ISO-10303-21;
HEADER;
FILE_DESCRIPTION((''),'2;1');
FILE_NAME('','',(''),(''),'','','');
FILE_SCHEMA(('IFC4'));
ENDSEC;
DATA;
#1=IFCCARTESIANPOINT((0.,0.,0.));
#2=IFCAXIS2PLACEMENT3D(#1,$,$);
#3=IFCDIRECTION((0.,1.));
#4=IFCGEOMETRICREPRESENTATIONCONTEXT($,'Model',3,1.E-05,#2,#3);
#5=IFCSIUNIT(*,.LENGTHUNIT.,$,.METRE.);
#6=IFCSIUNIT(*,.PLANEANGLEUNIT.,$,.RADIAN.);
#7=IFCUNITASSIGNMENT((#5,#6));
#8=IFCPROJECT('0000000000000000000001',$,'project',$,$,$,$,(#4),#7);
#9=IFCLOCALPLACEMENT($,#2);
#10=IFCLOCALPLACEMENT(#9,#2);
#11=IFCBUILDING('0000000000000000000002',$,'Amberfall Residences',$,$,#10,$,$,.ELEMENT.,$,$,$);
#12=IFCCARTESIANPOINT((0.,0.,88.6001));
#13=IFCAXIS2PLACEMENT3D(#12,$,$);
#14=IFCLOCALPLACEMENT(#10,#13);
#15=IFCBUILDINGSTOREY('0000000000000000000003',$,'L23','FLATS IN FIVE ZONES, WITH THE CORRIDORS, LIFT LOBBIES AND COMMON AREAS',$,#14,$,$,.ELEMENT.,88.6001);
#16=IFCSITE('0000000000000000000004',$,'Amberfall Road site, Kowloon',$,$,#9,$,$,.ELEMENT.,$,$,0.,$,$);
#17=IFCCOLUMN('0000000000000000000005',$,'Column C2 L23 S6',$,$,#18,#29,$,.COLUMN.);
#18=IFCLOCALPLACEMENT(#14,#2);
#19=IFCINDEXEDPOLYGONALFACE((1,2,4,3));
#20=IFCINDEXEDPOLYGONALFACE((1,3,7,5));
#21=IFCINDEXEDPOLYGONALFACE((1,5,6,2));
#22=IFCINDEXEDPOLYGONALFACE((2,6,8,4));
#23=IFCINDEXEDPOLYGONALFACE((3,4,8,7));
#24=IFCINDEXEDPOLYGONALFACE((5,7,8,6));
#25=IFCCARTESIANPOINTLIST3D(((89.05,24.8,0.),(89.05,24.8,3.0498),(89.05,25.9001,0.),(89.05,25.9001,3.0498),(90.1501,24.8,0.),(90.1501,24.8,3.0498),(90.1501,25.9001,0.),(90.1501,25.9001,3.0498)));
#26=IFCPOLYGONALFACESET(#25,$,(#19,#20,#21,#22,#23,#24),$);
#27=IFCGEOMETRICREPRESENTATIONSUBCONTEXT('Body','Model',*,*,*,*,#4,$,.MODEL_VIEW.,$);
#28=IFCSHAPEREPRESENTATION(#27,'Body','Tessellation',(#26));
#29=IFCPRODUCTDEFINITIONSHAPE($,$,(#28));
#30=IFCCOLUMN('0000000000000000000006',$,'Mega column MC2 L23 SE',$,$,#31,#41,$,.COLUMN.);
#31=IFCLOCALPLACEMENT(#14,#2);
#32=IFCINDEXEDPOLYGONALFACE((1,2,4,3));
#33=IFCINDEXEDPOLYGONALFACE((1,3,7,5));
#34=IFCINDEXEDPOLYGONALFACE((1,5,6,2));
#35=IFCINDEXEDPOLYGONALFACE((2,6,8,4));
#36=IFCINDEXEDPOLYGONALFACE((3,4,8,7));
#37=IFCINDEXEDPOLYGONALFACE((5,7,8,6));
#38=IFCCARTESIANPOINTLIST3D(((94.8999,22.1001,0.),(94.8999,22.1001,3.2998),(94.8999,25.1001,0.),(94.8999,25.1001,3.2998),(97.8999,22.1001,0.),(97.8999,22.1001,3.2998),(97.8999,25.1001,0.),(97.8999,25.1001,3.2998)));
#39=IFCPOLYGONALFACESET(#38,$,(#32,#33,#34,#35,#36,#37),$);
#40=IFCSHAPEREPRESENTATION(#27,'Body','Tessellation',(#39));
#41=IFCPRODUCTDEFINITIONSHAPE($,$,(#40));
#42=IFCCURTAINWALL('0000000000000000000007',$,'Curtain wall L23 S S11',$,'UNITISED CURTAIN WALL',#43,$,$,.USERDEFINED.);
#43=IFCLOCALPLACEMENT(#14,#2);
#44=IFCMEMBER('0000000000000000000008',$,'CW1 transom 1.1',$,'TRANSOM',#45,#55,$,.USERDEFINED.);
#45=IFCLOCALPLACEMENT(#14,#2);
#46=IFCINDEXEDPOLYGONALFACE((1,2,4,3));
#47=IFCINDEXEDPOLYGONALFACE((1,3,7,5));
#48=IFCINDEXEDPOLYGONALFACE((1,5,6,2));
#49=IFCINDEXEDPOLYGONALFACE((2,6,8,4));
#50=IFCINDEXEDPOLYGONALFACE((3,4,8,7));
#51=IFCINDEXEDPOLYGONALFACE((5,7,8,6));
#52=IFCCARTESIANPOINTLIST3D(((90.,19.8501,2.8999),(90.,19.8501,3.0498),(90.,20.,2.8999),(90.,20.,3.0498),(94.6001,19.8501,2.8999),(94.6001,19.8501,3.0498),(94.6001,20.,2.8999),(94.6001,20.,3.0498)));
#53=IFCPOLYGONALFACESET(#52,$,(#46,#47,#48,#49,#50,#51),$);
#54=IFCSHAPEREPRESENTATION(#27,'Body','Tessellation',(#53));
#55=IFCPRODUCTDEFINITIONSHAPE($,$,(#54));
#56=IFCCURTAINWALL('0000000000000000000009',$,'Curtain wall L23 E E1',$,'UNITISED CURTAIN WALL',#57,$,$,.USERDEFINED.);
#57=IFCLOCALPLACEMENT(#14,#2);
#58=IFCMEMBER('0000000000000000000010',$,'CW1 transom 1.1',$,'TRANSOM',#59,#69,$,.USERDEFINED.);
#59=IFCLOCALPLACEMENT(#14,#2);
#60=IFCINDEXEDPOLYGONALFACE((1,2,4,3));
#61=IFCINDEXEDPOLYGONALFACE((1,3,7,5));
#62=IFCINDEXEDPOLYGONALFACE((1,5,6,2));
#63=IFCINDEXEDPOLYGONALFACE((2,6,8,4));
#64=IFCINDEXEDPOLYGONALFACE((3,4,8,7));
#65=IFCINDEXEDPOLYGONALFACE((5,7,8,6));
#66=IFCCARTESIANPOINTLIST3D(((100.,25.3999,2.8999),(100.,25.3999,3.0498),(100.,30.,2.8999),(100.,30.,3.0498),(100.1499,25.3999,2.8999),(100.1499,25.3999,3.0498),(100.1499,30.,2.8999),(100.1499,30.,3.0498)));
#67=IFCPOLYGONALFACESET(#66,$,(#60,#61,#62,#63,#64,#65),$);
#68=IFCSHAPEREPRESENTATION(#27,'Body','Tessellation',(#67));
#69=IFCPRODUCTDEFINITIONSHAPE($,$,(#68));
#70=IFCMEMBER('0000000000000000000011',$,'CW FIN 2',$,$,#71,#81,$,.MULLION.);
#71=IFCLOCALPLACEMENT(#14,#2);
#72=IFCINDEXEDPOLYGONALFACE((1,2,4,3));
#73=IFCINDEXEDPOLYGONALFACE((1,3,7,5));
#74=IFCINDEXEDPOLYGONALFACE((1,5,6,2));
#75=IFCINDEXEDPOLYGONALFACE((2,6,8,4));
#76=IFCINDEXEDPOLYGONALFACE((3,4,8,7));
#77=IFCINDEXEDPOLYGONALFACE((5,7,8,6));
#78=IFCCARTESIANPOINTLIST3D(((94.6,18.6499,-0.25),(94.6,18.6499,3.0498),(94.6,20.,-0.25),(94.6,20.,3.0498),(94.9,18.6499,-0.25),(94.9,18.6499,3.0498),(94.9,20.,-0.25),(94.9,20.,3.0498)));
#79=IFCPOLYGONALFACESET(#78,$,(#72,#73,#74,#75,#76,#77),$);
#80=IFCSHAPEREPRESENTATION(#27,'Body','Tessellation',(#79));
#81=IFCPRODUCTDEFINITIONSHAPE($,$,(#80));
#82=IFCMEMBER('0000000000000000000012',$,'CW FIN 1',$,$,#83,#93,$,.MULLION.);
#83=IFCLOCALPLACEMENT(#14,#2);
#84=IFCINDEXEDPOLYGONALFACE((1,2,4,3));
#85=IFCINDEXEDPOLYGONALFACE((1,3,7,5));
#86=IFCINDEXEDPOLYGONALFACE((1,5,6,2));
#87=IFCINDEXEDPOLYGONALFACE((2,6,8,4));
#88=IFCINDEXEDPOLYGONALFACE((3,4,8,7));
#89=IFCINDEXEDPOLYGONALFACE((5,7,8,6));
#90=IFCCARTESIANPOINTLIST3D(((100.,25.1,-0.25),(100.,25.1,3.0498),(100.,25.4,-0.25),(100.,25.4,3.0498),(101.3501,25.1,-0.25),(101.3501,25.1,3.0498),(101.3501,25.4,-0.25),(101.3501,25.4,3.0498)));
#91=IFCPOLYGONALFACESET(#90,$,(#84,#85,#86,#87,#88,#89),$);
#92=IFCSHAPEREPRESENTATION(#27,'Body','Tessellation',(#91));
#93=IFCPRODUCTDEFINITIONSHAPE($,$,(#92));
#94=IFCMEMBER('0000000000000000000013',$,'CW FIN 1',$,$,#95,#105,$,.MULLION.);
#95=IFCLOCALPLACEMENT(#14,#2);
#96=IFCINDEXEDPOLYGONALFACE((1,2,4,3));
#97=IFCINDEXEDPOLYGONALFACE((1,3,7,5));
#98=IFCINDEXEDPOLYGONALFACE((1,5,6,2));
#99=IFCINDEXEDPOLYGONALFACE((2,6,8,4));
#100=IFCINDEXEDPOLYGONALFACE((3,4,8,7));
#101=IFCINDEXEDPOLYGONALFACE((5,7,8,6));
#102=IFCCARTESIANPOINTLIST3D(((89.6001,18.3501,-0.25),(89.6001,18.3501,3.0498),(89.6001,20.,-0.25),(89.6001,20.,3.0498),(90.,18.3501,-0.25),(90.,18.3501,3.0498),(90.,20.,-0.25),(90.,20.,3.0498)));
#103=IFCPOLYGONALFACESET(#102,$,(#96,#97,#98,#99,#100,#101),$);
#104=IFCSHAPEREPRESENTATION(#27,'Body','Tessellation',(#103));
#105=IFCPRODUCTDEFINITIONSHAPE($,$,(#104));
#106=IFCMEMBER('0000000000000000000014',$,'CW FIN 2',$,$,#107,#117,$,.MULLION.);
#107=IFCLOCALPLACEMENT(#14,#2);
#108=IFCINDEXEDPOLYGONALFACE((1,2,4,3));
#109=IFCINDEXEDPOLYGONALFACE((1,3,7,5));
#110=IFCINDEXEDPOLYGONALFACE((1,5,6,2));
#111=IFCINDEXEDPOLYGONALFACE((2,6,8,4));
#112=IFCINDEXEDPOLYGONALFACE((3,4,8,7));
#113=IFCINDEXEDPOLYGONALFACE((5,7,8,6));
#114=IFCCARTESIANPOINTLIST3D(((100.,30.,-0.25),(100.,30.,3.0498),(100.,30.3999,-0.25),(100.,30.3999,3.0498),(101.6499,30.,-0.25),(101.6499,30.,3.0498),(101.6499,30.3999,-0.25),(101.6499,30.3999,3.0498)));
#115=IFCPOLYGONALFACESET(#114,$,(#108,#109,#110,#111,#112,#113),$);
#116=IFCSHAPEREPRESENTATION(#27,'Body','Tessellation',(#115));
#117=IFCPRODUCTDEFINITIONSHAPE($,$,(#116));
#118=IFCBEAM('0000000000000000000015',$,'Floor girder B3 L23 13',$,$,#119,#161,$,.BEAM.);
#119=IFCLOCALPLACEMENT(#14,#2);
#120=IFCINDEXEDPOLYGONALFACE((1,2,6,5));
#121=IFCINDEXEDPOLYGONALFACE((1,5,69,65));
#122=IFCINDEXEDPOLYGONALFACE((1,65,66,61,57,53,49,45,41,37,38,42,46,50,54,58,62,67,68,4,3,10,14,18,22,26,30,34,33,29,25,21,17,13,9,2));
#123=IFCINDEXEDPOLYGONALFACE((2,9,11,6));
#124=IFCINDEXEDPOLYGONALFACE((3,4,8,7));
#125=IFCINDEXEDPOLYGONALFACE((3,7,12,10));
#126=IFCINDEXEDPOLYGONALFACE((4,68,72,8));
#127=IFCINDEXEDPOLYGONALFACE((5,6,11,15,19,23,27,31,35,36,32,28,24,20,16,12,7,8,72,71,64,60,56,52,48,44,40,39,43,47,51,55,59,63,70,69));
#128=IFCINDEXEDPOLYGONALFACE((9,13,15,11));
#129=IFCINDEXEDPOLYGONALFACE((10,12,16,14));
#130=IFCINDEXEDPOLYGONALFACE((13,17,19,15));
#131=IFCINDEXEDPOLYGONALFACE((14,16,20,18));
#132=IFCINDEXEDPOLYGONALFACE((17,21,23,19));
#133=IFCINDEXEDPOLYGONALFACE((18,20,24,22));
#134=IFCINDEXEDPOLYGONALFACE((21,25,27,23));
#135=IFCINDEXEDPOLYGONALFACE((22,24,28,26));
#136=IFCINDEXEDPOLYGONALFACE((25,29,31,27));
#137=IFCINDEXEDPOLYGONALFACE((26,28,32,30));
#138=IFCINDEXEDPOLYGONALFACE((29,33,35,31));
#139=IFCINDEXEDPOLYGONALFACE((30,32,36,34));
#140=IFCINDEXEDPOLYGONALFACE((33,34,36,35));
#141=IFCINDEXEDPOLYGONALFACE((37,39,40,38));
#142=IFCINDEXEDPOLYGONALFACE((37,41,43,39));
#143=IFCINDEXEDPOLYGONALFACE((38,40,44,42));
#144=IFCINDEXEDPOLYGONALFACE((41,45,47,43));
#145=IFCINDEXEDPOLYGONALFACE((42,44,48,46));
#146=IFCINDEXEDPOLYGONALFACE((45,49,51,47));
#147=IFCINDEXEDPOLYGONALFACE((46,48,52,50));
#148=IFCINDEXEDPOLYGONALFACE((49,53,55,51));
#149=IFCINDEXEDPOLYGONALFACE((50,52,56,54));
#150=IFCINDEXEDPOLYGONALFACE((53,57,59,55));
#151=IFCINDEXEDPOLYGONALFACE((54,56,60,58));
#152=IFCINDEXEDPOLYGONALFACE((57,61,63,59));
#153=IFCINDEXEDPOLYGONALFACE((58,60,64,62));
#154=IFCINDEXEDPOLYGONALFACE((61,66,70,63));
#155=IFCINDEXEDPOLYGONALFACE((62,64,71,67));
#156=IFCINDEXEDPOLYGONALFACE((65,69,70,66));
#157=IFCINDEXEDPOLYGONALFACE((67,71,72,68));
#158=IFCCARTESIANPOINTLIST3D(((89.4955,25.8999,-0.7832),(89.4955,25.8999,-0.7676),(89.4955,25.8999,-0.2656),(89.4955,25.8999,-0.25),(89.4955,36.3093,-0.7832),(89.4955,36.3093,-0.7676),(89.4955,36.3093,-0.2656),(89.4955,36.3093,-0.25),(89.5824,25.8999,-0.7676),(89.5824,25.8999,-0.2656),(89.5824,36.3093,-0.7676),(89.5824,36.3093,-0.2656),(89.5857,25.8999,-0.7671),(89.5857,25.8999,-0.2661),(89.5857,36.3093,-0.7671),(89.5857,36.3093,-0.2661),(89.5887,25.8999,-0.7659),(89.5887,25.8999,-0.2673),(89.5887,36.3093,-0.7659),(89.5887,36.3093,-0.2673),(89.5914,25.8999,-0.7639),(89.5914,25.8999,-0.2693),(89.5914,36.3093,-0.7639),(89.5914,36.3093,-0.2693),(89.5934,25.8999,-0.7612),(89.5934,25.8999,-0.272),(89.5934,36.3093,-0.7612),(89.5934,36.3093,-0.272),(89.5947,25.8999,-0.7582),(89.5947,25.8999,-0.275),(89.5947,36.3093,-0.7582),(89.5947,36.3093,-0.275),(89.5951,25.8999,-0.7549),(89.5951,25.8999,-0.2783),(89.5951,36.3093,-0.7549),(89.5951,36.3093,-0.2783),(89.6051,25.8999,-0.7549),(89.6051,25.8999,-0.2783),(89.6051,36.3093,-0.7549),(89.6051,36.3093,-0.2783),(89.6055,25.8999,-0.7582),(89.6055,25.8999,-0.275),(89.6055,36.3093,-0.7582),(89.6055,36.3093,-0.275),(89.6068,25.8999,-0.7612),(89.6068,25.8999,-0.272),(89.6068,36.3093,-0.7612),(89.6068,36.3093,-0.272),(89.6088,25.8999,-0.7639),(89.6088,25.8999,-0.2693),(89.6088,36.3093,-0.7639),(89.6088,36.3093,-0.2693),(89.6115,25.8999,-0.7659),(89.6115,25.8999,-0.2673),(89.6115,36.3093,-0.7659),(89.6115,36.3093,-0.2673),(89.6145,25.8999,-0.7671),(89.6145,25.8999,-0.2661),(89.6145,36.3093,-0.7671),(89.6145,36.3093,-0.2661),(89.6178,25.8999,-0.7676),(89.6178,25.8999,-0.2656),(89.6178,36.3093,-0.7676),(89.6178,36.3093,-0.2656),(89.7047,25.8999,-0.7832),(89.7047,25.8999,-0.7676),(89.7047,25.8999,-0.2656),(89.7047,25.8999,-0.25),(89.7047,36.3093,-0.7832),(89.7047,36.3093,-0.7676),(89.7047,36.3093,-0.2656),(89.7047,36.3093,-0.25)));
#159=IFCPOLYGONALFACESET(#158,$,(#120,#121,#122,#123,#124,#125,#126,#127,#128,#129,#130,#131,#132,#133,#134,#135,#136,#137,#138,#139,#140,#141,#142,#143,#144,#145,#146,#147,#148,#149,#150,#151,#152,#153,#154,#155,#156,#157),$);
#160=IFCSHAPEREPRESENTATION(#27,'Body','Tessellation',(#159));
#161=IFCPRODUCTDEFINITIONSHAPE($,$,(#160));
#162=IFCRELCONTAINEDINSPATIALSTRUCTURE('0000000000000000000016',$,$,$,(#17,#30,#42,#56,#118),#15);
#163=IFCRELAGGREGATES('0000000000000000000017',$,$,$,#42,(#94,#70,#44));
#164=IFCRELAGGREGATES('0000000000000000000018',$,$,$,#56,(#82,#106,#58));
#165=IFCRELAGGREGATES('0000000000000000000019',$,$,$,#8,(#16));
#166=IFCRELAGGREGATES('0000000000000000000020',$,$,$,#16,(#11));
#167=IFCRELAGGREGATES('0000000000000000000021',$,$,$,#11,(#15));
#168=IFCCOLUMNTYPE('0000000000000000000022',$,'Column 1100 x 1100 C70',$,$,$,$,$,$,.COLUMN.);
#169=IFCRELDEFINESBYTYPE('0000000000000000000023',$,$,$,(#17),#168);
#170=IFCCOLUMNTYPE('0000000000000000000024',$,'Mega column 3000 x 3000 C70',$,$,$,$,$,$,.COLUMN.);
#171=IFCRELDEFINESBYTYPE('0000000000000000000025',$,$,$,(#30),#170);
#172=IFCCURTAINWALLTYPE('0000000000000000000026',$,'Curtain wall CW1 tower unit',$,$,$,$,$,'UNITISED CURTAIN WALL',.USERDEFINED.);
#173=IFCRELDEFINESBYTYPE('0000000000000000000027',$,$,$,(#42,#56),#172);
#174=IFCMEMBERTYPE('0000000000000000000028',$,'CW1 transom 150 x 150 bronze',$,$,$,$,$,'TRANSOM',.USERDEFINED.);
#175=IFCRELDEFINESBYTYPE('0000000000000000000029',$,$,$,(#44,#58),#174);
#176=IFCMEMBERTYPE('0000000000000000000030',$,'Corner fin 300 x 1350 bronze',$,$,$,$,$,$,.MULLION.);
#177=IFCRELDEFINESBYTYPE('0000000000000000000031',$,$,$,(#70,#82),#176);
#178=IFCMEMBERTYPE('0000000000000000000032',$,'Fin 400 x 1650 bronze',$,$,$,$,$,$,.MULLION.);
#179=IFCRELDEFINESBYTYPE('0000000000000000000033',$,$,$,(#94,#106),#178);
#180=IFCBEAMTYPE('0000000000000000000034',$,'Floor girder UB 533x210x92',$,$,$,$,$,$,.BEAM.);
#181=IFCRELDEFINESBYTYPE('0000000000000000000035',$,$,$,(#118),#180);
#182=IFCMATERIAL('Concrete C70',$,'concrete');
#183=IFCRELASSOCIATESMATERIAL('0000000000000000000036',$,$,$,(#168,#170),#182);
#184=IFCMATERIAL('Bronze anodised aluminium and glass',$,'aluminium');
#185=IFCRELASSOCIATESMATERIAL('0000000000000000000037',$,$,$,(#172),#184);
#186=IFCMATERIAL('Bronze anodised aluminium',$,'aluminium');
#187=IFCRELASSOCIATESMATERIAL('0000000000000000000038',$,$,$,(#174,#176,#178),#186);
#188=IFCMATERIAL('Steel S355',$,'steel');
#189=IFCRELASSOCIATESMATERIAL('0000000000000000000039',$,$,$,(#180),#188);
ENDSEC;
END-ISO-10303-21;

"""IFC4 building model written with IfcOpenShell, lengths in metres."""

from ifc_helpers import new_model, si_unit, direction, frame, origin, origin_2d, place, context, subcontext, project, spatial, rectangle, i_section, extrude, material, material_profile, profile_set, type_object, element, aggregate, save


model = new_model("IFC4")

# Units and contexts
model_context = context("Model", 3, precision=1e-05, world=origin(), true_north=direction((0.0, 1.0)))
body_context = subcontext(model_context, "Body", "Model", "MODEL_VIEW")
ifc_project = project(units=[si_unit("LENGTHUNIT", "METRE"), si_unit("PLANEANGLEUNIT", "RADIAN")], contexts=[model_context])

# Site, building, storey
site_placement = place(None, origin())
site = spatial("IfcSite", under=ifc_project, at=site_placement, Name="Amberfall Road site, Kowloon", CompositionType="ELEMENT", RefElevation=0.0)
building_placement = place(site_placement, origin())
building = spatial("IfcBuilding", under=site, at=building_placement, Name="Amberfall Residences", CompositionType="ELEMENT")
storey_placement = place(building_placement, frame((0.0, 0.0, 88.6001)))
storey = spatial("IfcBuildingStorey", under=building, at=storey_placement, Name="L23", Description="FLATS IN FIVE ZONES, WITH THE CORRIDORS, LIFT LOBBIES AND COMMON AREAS", CompositionType="ELEMENT", Elevation=88.6001)

# Columns
ifc_material_1 = material(Name="Concrete C70", Category="concrete")
ifc_material_profile_1 = material_profile(ifc_material_1, rectangle(XDim=1.1001, YDim=1.1001, at=origin_2d()), Name="Column 1100 x 1100 C70")
ifc_profile_set_1 = profile_set([ifc_material_profile_1], Name="Concrete C70")
column_type_1 = type_object("IfcColumnType", Name="Column 1100 x 1100 C70", PredefinedType="COLUMN", material=ifc_profile_set_1)
column_1_placement = place(storey_placement, frame((89.6001, 25.3501, 0.0), z_axis=(0.0, 0.0, 1.0), x_axis=(1.0, 0.0, 0.0)))
element("IfcColumn", 1, at=column_1_placement, inside=storey, type_object=column_type_1, Name="Column C2 L23 S6", PredefinedType="COLUMN", context=body_context, shape_type="SweptSolid", body=[
    extrude(rectangle(XDim=1.1001, YDim=1.1001, at=origin_2d()), origin(), (0.0, 0.0, 1.0), 3.0498),
])
ifc_material_profile_2 = material_profile(ifc_material_1, rectangle(XDim=3.0, YDim=3.0, at=origin_2d()), Name="Mega column 3000 x 3000 C70")
ifc_profile_set_2 = profile_set([ifc_material_profile_2], Name="Concrete C70")
column_type_2 = type_object("IfcColumnType", Name="Mega column 3000 x 3000 C70", PredefinedType="COLUMN", material=ifc_profile_set_2)
column_2_placement = place(storey_placement, frame((96.3999, 23.6001, 0.0), z_axis=(0.0, 0.0, 1.0), x_axis=(1.0, 0.0, 0.0)))
element("IfcColumn", 2, at=column_2_placement, inside=storey, type_object=column_type_2, Name="Mega column MC2 L23 SE", PredefinedType="COLUMN", context=body_context, shape_type="SweptSolid", body=[
    extrude(rectangle(XDim=3.0, YDim=3.0, at=origin_2d()), origin(), (0.0, 0.0, 1.0), 3.2998),
])

# Curtain walls, members
ifc_material_2 = material(Name="Bronze anodised aluminium and glass", Category="aluminium")
curtain_wall_type = type_object("IfcCurtainWallType", Name="Curtain wall CW1 tower unit", ElementType="UNITISED CURTAIN WALL", PredefinedType="USERDEFINED", material=ifc_material_2)
curtain_wall_1_placement = place(storey_placement, origin())
curtain_wall_1 = element("IfcCurtainWall", 3, at=curtain_wall_1_placement, inside=storey, type_object=curtain_wall_type, Name="Curtain wall L23 S S11", ObjectType="UNITISED CURTAIN WALL", PredefinedType="USERDEFINED")
ifc_material_3 = material(Name="Bronze anodised aluminium", Category="aluminium")
ifc_material_profile_3 = material_profile(ifc_material_3, rectangle(XDim=0.1499, YDim=0.1499, at=origin_2d()), Name="CW1 transom 150 x 150 bronze")
ifc_profile_set_3 = profile_set([ifc_material_profile_3], Name="Bronze anodised aluminium")
member_type_1 = type_object("IfcMemberType", Name="CW1 transom 150 x 150 bronze", ElementType="TRANSOM", PredefinedType="USERDEFINED", material=ifc_profile_set_3)
member_1_placement = place(storey_placement, frame((90.0, 19.925, 2.9749), z_axis=(1.0, 0.0, 0.0), x_axis=(0.0, 1.0, 0.0)))
member_1 = element("IfcMember", 4, at=member_1_placement, type_object=member_type_1, Name="CW1 transom 1.1", ObjectType="TRANSOM", PredefinedType="USERDEFINED", context=body_context, shape_type="SweptSolid", body=[
    extrude(rectangle(XDim=0.1499, YDim=0.1499, at=origin_2d()), origin(), (0.0, 0.0, 1.0), 4.6001),
])
curtain_wall_2_placement = place(storey_placement, origin())
curtain_wall_2 = element("IfcCurtainWall", 5, at=curtain_wall_2_placement, inside=storey, type_object=curtain_wall_type, Name="Curtain wall L23 E E1", ObjectType="UNITISED CURTAIN WALL", PredefinedType="USERDEFINED")
member_2_placement = place(storey_placement, frame((100.075, 25.3999, 2.9749), z_axis=(0.0, 1.0, 0.0), x_axis=(-1.0, 0.0, 0.0)))
member_2 = element("IfcMember", 6, at=member_2_placement, type_object=member_type_1, Name="CW1 transom 1.1", ObjectType="TRANSOM", PredefinedType="USERDEFINED", context=body_context, shape_type="SweptSolid", body=[
    extrude(rectangle(XDim=0.1499, YDim=0.1499, at=origin_2d()), origin(), (0.0, 0.0, 1.0), 4.6001),
])

# Members
ifc_material_profile_4 = material_profile(ifc_material_3, rectangle(XDim=1.3501, YDim=0.3, at=origin_2d()), Name="Corner fin 300 x 1350 bronze")
ifc_profile_set_4 = profile_set([ifc_material_profile_4], Name="Bronze anodised aluminium")
member_type_2 = type_object("IfcMemberType", Name="Corner fin 300 x 1350 bronze", PredefinedType="MULLION", material=ifc_profile_set_4)
member_3_placement = place(storey_placement, frame((94.75, 19.325, -0.25), z_axis=(0.0, 0.0, 1.0), x_axis=(0.0, 1.0, 0.0)))
member_3 = element("IfcMember", 7, at=member_3_placement, type_object=member_type_2, Name="CW FIN 2", PredefinedType="MULLION", context=body_context, shape_type="SweptSolid", body=[
    extrude(rectangle(XDim=1.3501, YDim=0.3, at=origin_2d()), origin(), (0.0, 0.0, 1.0), 3.2998),
])
member_4_placement = place(storey_placement, frame((100.675, 25.25, -0.25), z_axis=(0.0, 0.0, 1.0), x_axis=(-1.0, 0.0, 0.0)))
member_4 = element("IfcMember", 8, at=member_4_placement, type_object=member_type_2, Name="CW FIN 1", PredefinedType="MULLION", context=body_context, shape_type="SweptSolid", body=[
    extrude(rectangle(XDim=1.3501, YDim=0.3, at=origin_2d()), origin(), (0.0, 0.0, 1.0), 3.2998),
])
ifc_material_profile_5 = material_profile(ifc_material_3, rectangle(XDim=1.6499, YDim=0.3999, at=origin_2d()), Name="Fin 400 x 1650 bronze")
ifc_profile_set_5 = profile_set([ifc_material_profile_5], Name="Bronze anodised aluminium")
member_type_3 = type_object("IfcMemberType", Name="Fin 400 x 1650 bronze", PredefinedType="MULLION", material=ifc_profile_set_5)
member_5_placement = place(storey_placement, frame((89.8, 19.175, -0.25), z_axis=(0.0, 0.0, 1.0), x_axis=(0.0, 1.0, 0.0)))
member_5 = element("IfcMember", 9, at=member_5_placement, type_object=member_type_3, Name="CW FIN 1", PredefinedType="MULLION", context=body_context, shape_type="SweptSolid", body=[
    extrude(rectangle(XDim=1.6499, YDim=0.3999, at=origin_2d()), origin(), (0.0, 0.0, 1.0), 3.2998),
])
member_6_placement = place(storey_placement, frame((100.825, 30.2, -0.25), z_axis=(0.0, 0.0, 1.0), x_axis=(-1.0, 0.0, 0.0)))
member_6 = element("IfcMember", 10, at=member_6_placement, type_object=member_type_3, Name="CW FIN 2", PredefinedType="MULLION", context=body_context, shape_type="SweptSolid", body=[
    extrude(rectangle(XDim=1.6499, YDim=0.3999, at=origin_2d()), origin(), (0.0, 0.0, 1.0), 3.2998),
])

# Beam
ifc_material_4 = material(Name="Steel S355", Category="steel")
ifc_material_profile_6 = material_profile(ifc_material_4, i_section(OverallWidth=0.2092, OverallDepth=0.5332, WebThickness=0.01, FlangeThickness=0.0156, FilletRadius=0.0127, at=origin_2d()), Name="UB 533x210x92")
ifc_profile_set_6 = profile_set([ifc_material_profile_6], Name="Steel S355")
beam_type_1 = type_object("IfcBeamType", Name="Floor girder UB 533x210x92", PredefinedType="BEAM", material=ifc_profile_set_6)
beam_1_placement = place(storey_placement, frame((89.6001, 25.8999, -0.5166), z_axis=(0.0, 1.0, 0.0), x_axis=(-1.0, 0.0, 0.0)))
element("IfcBeam", 11, at=beam_1_placement, inside=storey, type_object=beam_type_1, Name="Floor girder B3 L23 13", PredefinedType="BEAM", context=body_context, shape_type="SweptSolid", body=[
    extrude(i_section(OverallWidth=0.2092, OverallDepth=0.5332, WebThickness=0.01, FlangeThickness=0.0156, FilletRadius=0.0127, at=origin_2d()), origin(), (0.0, 0.0, 1.0), 10.4094),
])

aggregate(curtain_wall_1, [member_5, member_3, member_1])
aggregate(curtain_wall_2, [member_4, member_6, member_2])

save(model, "model.ifc")
